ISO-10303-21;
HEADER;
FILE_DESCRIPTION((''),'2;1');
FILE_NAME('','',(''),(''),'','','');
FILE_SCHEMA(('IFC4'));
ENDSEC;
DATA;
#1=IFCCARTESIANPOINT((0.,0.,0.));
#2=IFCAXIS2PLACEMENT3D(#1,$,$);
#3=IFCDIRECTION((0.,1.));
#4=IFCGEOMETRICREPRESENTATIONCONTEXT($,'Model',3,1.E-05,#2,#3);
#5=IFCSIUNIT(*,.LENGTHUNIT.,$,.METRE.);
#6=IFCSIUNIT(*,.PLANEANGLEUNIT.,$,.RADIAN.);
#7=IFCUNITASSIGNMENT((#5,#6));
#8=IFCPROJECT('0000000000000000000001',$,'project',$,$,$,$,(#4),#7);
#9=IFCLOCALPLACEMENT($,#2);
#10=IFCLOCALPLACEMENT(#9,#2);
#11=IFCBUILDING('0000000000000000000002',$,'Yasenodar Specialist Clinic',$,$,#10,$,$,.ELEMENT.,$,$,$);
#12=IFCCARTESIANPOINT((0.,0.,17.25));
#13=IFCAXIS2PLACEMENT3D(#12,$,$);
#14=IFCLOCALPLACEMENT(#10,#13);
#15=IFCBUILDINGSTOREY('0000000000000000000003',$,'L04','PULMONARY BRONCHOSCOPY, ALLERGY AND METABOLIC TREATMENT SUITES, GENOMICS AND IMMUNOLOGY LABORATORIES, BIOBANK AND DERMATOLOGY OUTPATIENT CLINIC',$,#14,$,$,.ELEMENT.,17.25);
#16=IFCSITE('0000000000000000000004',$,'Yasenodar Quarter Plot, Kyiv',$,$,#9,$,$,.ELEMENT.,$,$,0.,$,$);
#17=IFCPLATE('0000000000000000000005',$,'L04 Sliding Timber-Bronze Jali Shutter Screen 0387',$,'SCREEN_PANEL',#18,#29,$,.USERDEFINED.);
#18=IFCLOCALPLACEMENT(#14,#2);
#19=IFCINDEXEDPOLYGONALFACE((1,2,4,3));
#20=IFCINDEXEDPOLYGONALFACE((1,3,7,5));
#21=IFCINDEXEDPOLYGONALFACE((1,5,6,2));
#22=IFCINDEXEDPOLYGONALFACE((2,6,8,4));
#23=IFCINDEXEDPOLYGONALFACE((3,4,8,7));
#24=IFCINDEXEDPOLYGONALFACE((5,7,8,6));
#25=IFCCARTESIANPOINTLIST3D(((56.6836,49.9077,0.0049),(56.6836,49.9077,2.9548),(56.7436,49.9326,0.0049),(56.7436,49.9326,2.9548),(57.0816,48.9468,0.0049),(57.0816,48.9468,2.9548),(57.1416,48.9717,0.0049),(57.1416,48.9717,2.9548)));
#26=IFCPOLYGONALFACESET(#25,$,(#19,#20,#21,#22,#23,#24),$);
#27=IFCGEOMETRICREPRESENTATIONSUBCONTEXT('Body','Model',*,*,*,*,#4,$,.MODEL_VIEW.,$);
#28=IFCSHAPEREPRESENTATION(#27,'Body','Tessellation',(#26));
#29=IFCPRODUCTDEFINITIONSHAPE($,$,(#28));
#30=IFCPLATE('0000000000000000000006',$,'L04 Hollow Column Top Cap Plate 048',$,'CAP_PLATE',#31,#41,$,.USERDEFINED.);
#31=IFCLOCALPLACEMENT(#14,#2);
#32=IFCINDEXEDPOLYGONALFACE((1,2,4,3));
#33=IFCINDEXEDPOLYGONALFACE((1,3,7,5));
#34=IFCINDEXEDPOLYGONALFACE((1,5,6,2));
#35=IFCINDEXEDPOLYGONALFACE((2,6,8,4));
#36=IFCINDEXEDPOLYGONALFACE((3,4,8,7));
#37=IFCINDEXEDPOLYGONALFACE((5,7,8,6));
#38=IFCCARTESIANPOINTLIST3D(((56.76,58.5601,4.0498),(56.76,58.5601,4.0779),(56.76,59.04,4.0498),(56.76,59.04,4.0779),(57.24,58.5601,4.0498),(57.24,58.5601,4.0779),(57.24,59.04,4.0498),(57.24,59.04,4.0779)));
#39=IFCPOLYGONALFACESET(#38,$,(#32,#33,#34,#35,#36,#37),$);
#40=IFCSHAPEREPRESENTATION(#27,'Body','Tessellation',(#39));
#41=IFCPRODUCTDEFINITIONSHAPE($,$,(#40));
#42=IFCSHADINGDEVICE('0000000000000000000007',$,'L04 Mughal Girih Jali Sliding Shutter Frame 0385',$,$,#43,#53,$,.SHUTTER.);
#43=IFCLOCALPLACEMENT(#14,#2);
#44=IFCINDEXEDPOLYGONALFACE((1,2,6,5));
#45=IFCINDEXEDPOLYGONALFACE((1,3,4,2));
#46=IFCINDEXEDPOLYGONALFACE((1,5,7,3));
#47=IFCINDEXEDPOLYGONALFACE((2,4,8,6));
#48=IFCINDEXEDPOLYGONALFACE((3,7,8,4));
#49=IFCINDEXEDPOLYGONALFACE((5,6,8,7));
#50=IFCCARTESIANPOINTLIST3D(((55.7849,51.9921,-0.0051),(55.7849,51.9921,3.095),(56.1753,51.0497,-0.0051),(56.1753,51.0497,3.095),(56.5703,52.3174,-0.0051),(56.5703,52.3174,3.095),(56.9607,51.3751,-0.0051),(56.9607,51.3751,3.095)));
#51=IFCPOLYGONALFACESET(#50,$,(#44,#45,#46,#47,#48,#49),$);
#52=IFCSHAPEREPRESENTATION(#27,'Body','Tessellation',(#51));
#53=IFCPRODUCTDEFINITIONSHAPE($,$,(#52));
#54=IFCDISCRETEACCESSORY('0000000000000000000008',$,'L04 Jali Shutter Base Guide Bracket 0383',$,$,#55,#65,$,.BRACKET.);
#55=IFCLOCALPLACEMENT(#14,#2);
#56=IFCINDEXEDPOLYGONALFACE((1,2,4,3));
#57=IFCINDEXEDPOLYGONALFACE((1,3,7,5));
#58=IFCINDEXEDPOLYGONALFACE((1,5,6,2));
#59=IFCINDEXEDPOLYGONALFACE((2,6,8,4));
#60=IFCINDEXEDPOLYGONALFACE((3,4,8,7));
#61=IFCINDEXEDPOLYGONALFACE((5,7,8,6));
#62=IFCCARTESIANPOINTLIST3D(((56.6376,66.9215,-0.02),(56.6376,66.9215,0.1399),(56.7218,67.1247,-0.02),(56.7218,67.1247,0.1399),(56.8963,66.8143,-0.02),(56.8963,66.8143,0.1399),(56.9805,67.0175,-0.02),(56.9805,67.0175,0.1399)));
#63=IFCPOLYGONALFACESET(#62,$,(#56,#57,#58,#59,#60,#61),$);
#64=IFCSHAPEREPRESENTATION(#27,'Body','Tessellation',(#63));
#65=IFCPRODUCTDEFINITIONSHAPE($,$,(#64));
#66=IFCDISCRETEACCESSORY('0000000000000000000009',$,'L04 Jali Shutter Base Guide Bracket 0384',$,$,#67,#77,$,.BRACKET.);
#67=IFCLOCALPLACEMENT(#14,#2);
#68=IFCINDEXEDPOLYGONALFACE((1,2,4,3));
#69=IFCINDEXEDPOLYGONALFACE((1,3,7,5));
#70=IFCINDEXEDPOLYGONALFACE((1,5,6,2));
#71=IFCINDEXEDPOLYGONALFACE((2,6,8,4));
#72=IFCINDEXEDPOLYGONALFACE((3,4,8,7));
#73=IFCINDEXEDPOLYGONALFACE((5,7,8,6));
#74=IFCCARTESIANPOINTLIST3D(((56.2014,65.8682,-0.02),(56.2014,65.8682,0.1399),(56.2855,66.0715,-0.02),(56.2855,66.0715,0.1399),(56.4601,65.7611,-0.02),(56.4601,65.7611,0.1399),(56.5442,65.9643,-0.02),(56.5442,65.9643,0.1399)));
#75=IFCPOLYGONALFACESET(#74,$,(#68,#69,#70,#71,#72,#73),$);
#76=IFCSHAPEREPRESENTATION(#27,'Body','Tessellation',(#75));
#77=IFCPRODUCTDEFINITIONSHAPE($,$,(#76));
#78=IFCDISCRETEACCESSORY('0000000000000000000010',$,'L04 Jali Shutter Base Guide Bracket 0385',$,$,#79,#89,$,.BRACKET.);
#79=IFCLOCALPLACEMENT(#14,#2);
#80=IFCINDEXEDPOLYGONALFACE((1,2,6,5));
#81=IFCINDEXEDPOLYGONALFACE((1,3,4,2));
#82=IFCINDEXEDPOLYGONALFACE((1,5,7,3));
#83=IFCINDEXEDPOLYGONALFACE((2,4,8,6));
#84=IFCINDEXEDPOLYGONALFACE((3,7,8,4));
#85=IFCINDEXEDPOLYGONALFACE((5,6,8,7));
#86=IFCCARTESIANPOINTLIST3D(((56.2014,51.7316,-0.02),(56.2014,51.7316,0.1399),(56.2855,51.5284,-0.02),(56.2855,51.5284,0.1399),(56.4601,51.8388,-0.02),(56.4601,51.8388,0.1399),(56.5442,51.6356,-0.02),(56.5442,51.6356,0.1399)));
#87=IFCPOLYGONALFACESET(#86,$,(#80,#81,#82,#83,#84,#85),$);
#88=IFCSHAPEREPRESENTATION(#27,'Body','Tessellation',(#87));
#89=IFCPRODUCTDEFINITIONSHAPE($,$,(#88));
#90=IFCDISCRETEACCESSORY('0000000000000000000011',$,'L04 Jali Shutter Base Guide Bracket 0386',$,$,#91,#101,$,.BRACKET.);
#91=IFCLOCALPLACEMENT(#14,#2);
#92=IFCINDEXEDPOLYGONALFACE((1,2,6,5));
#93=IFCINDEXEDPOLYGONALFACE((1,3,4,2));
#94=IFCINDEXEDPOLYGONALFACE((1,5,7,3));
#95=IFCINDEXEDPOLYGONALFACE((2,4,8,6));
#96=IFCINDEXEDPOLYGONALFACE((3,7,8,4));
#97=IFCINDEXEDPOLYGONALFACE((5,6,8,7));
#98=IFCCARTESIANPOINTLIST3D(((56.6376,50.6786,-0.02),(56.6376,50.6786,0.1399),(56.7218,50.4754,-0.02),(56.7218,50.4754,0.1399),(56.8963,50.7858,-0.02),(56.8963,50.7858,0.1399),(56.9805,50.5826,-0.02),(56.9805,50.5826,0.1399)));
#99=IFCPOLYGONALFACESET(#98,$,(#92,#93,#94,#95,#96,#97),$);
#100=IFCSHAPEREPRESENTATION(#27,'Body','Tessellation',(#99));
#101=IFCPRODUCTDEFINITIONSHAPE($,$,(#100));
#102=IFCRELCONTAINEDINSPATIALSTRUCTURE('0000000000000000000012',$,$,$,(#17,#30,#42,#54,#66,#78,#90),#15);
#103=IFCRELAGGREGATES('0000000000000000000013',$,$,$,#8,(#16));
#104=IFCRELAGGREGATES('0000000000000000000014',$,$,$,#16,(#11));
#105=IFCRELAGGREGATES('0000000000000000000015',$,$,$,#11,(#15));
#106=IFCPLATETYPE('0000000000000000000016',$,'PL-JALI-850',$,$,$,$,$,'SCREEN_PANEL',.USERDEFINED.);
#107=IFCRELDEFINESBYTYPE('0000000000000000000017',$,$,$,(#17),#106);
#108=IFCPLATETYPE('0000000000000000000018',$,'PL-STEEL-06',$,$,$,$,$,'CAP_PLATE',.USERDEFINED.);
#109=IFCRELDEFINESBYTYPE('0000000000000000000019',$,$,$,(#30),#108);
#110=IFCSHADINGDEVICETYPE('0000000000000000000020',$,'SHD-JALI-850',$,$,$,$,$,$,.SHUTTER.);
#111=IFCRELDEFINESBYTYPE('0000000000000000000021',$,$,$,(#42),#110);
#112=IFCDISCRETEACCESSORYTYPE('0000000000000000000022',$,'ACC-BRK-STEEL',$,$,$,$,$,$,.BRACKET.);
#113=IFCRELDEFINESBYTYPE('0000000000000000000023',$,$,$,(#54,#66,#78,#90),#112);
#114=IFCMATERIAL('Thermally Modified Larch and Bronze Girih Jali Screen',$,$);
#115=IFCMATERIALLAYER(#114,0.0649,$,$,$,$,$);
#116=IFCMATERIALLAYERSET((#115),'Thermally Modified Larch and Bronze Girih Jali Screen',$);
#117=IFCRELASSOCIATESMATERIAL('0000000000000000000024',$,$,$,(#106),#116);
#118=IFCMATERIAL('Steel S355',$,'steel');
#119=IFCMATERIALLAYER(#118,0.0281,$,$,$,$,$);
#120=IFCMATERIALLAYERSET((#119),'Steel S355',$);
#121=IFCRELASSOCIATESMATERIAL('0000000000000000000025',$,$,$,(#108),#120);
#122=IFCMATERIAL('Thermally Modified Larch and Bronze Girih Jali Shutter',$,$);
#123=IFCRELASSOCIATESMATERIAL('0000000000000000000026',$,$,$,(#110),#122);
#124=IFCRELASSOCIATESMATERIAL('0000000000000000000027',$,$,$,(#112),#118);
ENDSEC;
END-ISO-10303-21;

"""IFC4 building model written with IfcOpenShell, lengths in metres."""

from ifc_helpers import new_model, si_unit, direction, frame, origin, origin_2d, place, context, subcontext, project, spatial, rectangle, extrude, material, layer, layer_set, type_object, element, save


model = new_model("IFC4")

# Units and contexts
model_context = context("Model", 3, precision=1e-05, world=origin(), true_north=direction((0.0, 1.0)))
body_context = subcontext(model_context, "Body", "Model", "MODEL_VIEW")
ifc_project = project(units=[si_unit("LENGTHUNIT", "METRE"), si_unit("PLANEANGLEUNIT", "RADIAN")], contexts=[model_context])

# Site, building, storey
site_placement = place(None, origin())
site = spatial("IfcSite", under=ifc_project, at=site_placement, Name="Yasenodar Quarter Plot, Kyiv", CompositionType="ELEMENT", RefElevation=0.0)
building_placement = place(site_placement, origin())
building = spatial("IfcBuilding", under=site, at=building_placement, Name="Yasenodar Specialist Clinic", CompositionType="ELEMENT")
storey_placement = place(building_placement, frame((0.0, 0.0, 17.25)))
storey = spatial("IfcBuildingStorey", under=building, at=storey_placement, Name="L04", Description="PULMONARY BRONCHOSCOPY, ALLERGY AND METABOLIC TREATMENT SUITES, GENOMICS AND IMMUNOLOGY LABORATORIES, BIOBANK AND DERMATOLOGY OUTPATIENT CLINIC", CompositionType="ELEMENT", Elevation=17.25)

# Shared definitions
ifc_material_1 = material(Name="Steel S355", Category="steel")

# Plates
ifc_material_2 = material(Name="Thermally Modified Larch and Bronze Girih Jali Screen")
ifc_layer_1 = layer(ifc_material_2, 0.0649)
ifc_layer_set_1 = layer_set([ifc_layer_1], Name="Thermally Modified Larch and Bronze Girih Jali Screen")
plate_type_1 = type_object("IfcPlateType", Name="PL-JALI-850", ElementType="SCREEN_PANEL", PredefinedType="USERDEFINED", material=ifc_layer_set_1)
for number, where, z_axis, x_axis, name in (
    (1, (56.9126, 49.4397, 0.0049), (0.0, 0.0, 1.0), (0.382687, -0.923878, 0.0), "L04 Sliding Timber-Bronze Jali Shutter Screen 0387"),
):
    element("IfcPlate", number, at=place(storey_placement, frame(where, z_axis=z_axis, x_axis=x_axis)), inside=storey, type_object=plate_type_1, Name=name, ObjectType="SCREEN_PANEL", PredefinedType="USERDEFINED", context=body_context, shape_type="SweptSolid", body=[
        extrude(rectangle(XDim=1.04, YDim=0.0649, at=origin_2d()), origin(), (0.0, 0.0, 1.0), 2.95),
    ])
ifc_layer_2 = layer(ifc_material_1, 0.0281)
ifc_layer_set_2 = layer_set([ifc_layer_2], Name="Steel S355")
plate_type_2 = type_object("IfcPlateType", Name="PL-STEEL-06", ElementType="CAP_PLATE", PredefinedType="USERDEFINED", material=ifc_layer_set_2)
plate_1_placement = place(storey_placement, frame((57.0, 58.8, 4.0498), z_axis=(0.0, 0.0, 1.0), x_axis=(1.0, 0.0, 0.0)))
element("IfcPlate", 2, at=plate_1_placement, inside=storey, type_object=plate_type_2, Name="L04 Hollow Column Top Cap Plate 048", ObjectType="CAP_PLATE", PredefinedType="USERDEFINED", context=body_context, shape_type="SweptSolid", body=[
    extrude(rectangle(XDim=0.48, YDim=0.48, at=origin_2d()), origin(), (0.0, 0.0, 1.0), 0.0281),
])

# Shading device
ifc_material_3 = material(Name="Thermally Modified Larch and Bronze Girih Jali Shutter")
shading_device_type = type_object("IfcShadingDeviceType", Name="SHD-JALI-850", PredefinedType="SHUTTER", material=ifc_material_3)
shading_device_placement = place(storey_placement, frame((56.3728, 51.6836, -0.0051), z_axis=(0.0, 0.0, 1.0), x_axis=(0.382687, -0.923878, 0.0)))
element("IfcShadingDevice", 3, at=shading_device_placement, inside=storey, type_object=shading_device_type, Name="L04 Mughal Girih Jali Sliding Shutter Frame 0385", PredefinedType="SHUTTER", context=body_context, shape_type="SweptSolid", body=[
    extrude(rectangle(XDim=1.02, YDim=0.8501, at=origin_2d()), origin(), (0.0, 0.0, 1.0), 3.1001),
])

# Discrete accessories
discrete_accessory_type = type_object("IfcDiscreteAccessoryType", Name="ACC-BRK-STEEL", PredefinedType="BRACKET", material=ifc_material_1)
for number, where, z_axis, x_axis, name in (
    (4, (56.8091, 66.9695, -0.02), (0.0, 0.0, 1.0), (-0.382687, -0.923878, 0.0), "L04 Jali Shutter Base Guide Bracket 0383"),
    (5, (56.3728, 65.9163, -0.02), (0.0, 0.0, 1.0), (-0.382687, -0.923878, 0.0), "L04 Jali Shutter Base Guide Bracket 0384"),
    (6, (56.3728, 51.6836, -0.02), (0.0, 0.0, 1.0), (0.382687, -0.923878, 0.0), "L04 Jali Shutter Base Guide Bracket 0385"),
    (7, (56.8091, 50.6306, -0.02), (0.0, 0.0, 1.0), (0.382687, -0.923878, 0.0), "L04 Jali Shutter Base Guide Bracket 0386"),
):
    element("IfcDiscreteAccessory", number, at=place(storey_placement, frame(where, z_axis=z_axis, x_axis=x_axis)), inside=storey, type_object=discrete_accessory_type, Name=name, PredefinedType="BRACKET", context=body_context, shape_type="SweptSolid", body=[
        extrude(rectangle(XDim=0.22, YDim=0.28, at=origin_2d()), origin(), (0.0, 0.0, 1.0), 0.1599),
    ])

save(model, "model.ifc")
